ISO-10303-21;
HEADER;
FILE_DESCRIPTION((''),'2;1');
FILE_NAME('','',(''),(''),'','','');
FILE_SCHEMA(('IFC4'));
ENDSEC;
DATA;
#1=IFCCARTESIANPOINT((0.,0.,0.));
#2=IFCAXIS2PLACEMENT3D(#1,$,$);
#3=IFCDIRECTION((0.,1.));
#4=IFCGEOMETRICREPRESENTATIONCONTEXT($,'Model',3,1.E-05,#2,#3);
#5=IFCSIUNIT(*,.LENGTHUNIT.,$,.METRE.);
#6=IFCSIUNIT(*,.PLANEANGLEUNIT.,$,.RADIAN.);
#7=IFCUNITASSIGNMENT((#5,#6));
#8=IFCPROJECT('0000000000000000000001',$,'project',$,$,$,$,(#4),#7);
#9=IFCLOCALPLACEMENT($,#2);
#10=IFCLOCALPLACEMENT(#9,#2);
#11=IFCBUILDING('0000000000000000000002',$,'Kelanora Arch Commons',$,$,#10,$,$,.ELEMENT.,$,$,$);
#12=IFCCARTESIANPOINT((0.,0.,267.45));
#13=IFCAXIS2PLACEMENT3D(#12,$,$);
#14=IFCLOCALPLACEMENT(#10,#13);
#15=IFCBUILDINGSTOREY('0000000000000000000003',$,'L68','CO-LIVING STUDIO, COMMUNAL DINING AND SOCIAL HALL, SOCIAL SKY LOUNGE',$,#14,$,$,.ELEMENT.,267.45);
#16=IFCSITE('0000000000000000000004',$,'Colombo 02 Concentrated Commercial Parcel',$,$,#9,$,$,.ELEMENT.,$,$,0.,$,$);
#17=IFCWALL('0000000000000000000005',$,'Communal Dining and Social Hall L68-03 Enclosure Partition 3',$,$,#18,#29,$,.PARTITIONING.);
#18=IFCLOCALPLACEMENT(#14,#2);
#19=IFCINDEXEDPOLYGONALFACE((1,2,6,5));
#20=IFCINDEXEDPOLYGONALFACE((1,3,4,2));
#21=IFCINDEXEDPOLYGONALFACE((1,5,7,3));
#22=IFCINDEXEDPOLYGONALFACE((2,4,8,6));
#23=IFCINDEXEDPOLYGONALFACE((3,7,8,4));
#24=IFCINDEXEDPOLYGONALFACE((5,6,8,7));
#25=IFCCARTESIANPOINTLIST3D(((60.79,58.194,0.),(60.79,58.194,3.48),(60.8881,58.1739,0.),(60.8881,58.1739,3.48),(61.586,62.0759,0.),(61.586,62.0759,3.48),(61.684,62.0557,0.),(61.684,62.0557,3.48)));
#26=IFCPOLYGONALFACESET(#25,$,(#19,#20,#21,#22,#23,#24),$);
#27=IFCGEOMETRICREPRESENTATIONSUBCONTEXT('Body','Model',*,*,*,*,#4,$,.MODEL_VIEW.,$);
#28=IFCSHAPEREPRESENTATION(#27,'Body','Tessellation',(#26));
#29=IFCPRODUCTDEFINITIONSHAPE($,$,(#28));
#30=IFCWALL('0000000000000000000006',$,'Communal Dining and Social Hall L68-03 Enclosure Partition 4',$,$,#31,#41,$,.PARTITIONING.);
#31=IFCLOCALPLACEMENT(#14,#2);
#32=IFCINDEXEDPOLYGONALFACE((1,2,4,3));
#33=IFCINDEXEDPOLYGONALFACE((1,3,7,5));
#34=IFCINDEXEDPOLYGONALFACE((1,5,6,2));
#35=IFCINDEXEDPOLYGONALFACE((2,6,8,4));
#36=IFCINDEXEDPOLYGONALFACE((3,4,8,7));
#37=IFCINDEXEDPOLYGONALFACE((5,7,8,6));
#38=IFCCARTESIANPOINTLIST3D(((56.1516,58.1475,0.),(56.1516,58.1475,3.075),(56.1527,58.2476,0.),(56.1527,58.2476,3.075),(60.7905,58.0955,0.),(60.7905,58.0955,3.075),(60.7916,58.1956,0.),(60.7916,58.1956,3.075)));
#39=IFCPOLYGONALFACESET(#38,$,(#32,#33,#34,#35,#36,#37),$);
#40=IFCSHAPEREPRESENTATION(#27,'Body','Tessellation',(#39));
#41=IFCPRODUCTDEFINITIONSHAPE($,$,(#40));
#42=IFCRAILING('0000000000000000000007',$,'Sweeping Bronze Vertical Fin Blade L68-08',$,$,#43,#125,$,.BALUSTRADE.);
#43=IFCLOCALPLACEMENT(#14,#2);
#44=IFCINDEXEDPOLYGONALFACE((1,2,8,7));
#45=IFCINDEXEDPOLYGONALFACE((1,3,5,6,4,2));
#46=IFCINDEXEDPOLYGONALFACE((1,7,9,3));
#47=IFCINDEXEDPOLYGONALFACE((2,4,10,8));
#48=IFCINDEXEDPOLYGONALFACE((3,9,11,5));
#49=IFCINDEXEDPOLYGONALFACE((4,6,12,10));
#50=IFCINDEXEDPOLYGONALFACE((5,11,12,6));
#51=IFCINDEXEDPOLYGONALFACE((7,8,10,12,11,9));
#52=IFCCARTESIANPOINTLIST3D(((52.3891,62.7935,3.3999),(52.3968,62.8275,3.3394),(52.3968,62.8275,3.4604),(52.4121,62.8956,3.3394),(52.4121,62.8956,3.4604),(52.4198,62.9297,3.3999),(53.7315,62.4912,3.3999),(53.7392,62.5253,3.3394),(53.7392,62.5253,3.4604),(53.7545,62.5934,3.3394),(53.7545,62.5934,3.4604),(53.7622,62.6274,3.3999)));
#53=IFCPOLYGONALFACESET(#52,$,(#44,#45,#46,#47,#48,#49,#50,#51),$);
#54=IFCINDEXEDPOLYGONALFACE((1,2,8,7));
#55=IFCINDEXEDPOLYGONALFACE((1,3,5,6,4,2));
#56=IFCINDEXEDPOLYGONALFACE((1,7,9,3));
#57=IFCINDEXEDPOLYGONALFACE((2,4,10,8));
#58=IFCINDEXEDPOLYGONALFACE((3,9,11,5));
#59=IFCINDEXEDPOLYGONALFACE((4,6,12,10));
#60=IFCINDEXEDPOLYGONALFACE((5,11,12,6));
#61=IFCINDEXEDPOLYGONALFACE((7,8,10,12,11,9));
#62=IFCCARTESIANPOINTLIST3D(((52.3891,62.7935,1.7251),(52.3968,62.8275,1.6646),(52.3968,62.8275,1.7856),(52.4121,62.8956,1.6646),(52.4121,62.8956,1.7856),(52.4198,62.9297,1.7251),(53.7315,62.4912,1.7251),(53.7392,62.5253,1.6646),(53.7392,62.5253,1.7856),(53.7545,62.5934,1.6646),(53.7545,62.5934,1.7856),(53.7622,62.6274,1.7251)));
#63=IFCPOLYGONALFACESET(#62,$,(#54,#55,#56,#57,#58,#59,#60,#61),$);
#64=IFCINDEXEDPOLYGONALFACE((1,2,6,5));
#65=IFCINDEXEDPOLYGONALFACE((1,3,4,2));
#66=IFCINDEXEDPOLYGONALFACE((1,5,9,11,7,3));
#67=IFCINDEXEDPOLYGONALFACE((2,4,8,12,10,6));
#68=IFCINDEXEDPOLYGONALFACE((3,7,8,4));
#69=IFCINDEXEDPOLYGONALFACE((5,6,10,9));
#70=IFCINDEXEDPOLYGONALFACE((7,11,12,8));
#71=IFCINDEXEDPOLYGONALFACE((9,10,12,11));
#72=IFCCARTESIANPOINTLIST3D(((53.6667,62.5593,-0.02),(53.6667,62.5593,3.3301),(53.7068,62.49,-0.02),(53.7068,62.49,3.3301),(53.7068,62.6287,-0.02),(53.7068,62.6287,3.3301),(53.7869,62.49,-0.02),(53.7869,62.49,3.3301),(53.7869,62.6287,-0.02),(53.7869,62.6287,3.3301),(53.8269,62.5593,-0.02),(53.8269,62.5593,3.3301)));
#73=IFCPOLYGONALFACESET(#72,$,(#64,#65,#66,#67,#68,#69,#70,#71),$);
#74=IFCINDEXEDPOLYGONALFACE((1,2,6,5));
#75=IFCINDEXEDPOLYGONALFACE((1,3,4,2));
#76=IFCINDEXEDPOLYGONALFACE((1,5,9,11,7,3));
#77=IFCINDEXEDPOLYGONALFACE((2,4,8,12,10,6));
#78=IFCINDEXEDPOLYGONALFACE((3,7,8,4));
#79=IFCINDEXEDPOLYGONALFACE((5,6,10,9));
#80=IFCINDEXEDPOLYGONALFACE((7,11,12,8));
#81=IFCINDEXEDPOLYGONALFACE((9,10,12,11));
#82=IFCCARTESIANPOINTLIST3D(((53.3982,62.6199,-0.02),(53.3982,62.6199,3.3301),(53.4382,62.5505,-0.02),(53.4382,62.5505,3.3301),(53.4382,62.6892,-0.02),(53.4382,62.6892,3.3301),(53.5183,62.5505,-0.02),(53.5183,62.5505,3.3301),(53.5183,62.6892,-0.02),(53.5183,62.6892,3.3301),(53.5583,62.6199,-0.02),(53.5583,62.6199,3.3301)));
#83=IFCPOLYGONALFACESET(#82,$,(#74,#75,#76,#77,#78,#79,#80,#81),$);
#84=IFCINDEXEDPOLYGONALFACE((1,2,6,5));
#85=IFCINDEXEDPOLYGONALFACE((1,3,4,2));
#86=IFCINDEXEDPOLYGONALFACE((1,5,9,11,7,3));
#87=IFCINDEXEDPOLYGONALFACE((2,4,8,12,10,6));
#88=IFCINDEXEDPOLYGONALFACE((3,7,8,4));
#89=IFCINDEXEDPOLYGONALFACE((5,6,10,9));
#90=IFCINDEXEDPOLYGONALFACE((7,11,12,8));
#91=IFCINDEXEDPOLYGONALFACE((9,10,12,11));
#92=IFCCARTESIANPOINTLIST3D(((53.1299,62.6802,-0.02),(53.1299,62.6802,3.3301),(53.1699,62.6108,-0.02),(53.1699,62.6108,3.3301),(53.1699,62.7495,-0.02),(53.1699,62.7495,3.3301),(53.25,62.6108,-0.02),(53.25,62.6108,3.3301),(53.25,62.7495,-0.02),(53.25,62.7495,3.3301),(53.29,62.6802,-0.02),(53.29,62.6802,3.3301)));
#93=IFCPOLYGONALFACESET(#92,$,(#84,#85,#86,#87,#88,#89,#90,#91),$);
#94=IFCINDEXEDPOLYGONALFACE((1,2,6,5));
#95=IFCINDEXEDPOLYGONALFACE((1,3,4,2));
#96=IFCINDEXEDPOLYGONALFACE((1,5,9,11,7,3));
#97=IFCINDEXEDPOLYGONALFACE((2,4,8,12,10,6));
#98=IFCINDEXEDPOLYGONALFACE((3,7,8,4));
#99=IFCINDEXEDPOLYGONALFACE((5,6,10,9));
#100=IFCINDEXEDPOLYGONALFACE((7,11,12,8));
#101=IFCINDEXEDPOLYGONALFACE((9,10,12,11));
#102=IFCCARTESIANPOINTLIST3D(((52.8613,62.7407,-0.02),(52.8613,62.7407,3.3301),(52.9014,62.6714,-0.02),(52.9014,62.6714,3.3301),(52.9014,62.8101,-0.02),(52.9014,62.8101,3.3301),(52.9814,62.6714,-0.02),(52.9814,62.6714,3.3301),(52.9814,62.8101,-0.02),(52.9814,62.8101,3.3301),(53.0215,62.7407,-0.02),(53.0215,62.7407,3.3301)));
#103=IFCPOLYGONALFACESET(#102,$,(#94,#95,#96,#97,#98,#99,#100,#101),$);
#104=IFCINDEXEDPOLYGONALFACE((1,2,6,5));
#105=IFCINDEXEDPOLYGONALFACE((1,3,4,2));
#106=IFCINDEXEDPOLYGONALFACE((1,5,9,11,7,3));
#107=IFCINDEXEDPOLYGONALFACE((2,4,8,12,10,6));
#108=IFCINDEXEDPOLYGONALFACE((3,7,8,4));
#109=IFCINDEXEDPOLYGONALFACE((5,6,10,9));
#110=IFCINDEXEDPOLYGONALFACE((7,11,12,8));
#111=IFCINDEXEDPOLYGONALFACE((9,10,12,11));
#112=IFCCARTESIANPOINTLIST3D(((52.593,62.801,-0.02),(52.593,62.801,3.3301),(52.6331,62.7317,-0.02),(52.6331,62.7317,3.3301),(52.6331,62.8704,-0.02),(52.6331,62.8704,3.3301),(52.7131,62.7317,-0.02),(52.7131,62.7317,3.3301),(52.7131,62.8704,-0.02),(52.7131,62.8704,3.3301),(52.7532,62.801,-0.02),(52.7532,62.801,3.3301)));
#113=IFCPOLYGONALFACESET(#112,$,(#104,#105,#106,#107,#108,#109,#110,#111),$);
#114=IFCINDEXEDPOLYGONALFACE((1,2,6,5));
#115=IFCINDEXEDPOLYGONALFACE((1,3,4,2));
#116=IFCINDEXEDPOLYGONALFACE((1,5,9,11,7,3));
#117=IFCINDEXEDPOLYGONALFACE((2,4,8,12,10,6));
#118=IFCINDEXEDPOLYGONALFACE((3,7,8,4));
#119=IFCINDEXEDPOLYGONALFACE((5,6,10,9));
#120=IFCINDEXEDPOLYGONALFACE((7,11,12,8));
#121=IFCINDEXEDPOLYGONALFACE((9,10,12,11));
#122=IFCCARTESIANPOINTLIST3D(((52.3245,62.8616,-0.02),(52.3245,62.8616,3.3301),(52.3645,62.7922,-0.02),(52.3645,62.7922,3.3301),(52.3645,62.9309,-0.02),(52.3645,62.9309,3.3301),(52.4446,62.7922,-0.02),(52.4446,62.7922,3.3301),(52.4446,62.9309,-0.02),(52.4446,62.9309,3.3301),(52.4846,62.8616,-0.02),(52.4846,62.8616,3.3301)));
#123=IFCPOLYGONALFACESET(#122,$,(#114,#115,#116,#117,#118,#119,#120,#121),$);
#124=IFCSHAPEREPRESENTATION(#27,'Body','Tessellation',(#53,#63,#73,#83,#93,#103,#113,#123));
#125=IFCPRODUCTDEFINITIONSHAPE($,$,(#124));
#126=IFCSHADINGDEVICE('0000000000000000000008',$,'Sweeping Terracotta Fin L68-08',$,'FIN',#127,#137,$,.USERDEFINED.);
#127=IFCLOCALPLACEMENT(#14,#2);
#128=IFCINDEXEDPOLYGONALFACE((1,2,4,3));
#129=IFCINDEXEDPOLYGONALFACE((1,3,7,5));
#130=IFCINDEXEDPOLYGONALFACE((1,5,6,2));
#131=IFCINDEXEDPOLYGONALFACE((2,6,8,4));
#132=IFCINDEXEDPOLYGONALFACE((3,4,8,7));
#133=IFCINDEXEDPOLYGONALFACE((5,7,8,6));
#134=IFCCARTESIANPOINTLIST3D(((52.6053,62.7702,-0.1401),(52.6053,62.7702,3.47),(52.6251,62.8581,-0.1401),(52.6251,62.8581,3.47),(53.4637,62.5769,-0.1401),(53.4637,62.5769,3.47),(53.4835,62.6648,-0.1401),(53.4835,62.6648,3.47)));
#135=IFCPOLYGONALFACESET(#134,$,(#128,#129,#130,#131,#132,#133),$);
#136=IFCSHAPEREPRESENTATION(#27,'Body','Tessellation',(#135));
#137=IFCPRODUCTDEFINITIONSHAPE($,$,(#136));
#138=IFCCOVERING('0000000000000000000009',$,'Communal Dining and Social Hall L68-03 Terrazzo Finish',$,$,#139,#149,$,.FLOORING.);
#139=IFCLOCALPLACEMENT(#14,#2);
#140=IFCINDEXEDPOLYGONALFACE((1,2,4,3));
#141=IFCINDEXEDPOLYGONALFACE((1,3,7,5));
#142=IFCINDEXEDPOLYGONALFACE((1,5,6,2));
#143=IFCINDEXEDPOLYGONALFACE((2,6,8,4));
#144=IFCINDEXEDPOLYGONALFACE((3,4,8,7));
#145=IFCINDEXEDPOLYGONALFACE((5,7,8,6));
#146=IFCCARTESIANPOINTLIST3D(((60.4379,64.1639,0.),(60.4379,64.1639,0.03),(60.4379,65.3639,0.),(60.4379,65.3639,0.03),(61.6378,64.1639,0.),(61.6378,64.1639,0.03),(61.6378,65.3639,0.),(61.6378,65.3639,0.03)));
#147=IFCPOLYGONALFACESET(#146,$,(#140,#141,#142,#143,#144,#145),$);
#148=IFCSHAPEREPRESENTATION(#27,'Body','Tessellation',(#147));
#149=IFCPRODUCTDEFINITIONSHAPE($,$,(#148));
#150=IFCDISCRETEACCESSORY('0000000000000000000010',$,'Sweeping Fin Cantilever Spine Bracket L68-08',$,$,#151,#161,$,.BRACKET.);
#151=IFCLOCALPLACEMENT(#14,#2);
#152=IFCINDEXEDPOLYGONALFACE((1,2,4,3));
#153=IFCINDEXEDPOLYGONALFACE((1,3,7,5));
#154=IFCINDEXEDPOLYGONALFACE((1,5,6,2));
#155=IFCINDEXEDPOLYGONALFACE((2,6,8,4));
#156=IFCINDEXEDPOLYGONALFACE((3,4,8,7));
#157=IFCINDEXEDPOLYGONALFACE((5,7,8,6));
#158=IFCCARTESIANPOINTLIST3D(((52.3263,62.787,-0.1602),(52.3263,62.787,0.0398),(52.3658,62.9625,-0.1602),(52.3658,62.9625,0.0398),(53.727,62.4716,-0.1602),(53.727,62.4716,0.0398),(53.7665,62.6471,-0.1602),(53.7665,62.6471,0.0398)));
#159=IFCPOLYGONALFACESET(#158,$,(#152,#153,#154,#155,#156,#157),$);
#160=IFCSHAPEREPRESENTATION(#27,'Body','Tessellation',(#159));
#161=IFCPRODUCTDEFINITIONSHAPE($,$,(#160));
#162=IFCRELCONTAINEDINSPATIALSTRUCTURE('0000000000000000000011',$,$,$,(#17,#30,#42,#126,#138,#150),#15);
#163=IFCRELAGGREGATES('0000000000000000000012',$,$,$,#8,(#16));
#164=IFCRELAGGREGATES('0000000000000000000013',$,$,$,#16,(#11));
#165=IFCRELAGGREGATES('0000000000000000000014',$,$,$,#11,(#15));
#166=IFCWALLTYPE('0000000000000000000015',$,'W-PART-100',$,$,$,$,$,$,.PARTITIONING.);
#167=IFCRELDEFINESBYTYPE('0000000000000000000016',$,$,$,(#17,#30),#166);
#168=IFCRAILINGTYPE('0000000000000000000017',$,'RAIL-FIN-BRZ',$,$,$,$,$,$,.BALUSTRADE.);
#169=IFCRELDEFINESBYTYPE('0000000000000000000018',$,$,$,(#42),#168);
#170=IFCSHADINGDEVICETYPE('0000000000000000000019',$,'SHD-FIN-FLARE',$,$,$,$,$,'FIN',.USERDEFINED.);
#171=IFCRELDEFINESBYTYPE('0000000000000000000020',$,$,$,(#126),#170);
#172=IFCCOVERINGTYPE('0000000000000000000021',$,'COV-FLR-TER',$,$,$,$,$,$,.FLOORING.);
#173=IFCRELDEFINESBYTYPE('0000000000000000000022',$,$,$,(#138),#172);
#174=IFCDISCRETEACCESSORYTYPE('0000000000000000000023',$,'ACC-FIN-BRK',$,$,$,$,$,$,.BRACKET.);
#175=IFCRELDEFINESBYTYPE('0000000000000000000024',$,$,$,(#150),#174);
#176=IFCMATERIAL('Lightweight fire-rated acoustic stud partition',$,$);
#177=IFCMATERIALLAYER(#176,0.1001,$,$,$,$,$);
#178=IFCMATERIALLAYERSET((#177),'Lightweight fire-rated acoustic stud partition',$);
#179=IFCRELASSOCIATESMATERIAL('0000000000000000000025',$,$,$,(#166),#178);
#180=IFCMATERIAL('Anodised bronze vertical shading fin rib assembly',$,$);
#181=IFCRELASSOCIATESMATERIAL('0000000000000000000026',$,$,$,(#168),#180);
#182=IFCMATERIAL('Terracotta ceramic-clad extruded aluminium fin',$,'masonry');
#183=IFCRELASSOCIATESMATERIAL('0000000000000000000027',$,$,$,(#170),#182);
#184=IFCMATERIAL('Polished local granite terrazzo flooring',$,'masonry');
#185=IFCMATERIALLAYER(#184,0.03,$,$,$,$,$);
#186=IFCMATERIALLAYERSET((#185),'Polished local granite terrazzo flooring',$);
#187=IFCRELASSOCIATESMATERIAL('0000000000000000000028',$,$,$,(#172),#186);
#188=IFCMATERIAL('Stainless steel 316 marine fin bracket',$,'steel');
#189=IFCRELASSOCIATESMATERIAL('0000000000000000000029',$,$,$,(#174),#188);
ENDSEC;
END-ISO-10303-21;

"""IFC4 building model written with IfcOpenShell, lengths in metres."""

from ifc_helpers import new_model, si_unit, direction, frame, frame_2d, origin, origin_2d, place, context, subcontext, project, spatial, polyline, rectangle, outline, extrude, source, transform, mapped, material, layer, layer_set, type_object, element, save


model = new_model("IFC4")

# Units and contexts
model_context = context("Model", 3, precision=1e-05, world=origin(), true_north=direction((0.0, 1.0)))
body_context = subcontext(model_context, "Body", "Model", "MODEL_VIEW")
ifc_project = project(units=[si_unit("LENGTHUNIT", "METRE"), si_unit("PLANEANGLEUNIT", "RADIAN")], contexts=[model_context])

# Site, building, storey
site_placement = place(None, origin())
site = spatial("IfcSite", under=ifc_project, at=site_placement, Name="Colombo 02 Concentrated Commercial Parcel", CompositionType="ELEMENT", RefElevation=0.0)
building_placement = place(site_placement, origin())
building = spatial("IfcBuilding", under=site, at=building_placement, Name="Kelanora Arch Commons", CompositionType="ELEMENT")
storey_placement = place(building_placement, frame((0.0, 0.0, 267.45)))
storey = spatial("IfcBuildingStorey", under=building, at=storey_placement, Name="L68", Description="CO-LIVING STUDIO, COMMUNAL DINING AND SOCIAL HALL, SOCIAL SKY LOUNGE", CompositionType="ELEMENT", Elevation=267.45)

# Walls
ifc_material_1 = material(Name="Lightweight fire-rated acoustic stud partition")
ifc_layer_1 = layer(ifc_material_1, 0.1001)
ifc_layer_set_1 = layer_set([ifc_layer_1], Name="Lightweight fire-rated acoustic stud partition")
wall_type = type_object("IfcWallType", Name="W-PART-100", PredefinedType="PARTITIONING", material=ifc_layer_set_1)
wall_1_placement = place(storey_placement, frame((61.635, 62.0659, 0.0), z_axis=(0.0, 0.0, 1.0), x_axis=(-0.200853, -0.979621, 0.0)))
element("IfcWall", 1, at=wall_1_placement, inside=storey, type_object=wall_type, Name="Communal Dining and Social Hall L68-03 Enclosure Partition 3", PredefinedType="PARTITIONING", context=body_context, shape_type="SweptSolid", body=[
    extrude(rectangle(XDim=3.9626, YDim=0.1001, at=frame_2d((1.9814, 0.0))), origin(), (0.0, 0.0, 1.0), 3.48),
])
wall_2_placement = place(storey_placement, frame((60.791, 58.1455, 0.0), z_axis=(0.0, 0.0, 1.0), x_axis=(-0.999937, 0.011209, 0.0)))
element("IfcWall", 2, at=wall_2_placement, inside=storey, type_object=wall_type, Name="Communal Dining and Social Hall L68-03 Enclosure Partition 4", PredefinedType="PARTITIONING", context=body_context, shape_type="SweptSolid", body=[
    extrude(rectangle(XDim=4.6392, YDim=0.1001, at=frame_2d((2.3196, 0.0))), origin(), (0.0, 0.0, 1.0), 3.075),
])

# Railing
ifc_material_2 = material(Name="Anodised bronze vertical shading fin rib assembly")
railing_type = type_object("IfcRailingType", Name="RAIL-FIN-BRZ", PredefinedType="BALUSTRADE", material=ifc_material_2)
railing_placement = place(storey_placement, frame((53.7468, 62.5593, -0.02)))
element("IfcRailing", 3, at=railing_placement, inside=storey, type_object=railing_type, Name="Sweeping Bronze Vertical Fin Blade L68-08", PredefinedType="BALUSTRADE", context=body_context, shape_type="SweptSolid", body=[
    extrude(outline(polyline([(0.0698, 0.0), (0.0349, 0.0605), (-0.0349, 0.0605), (-0.0698, 0.0), (-0.0349, -0.0605), (0.0349, -0.0605), (0.0698, 0.0)])), frame((0.0, 0.0, 3.4199), z_axis=(-0.975574, 0.219673, 0.0), x_axis=(-0.219673, -0.975574, 0.0)), (0.0, 0.0, 1.0), 1.376),
    extrude(outline(polyline([(0.0698, 0.0), (0.0349, 0.0605), (-0.0349, 0.0605), (-0.0698, 0.0), (-0.0349, -0.0605), (0.0349, -0.0605), (0.0698, 0.0)])), frame((0.0, 0.0, 1.7451), z_axis=(-0.975574, 0.219673, 0.0), x_axis=(-0.219673, -0.975574, 0.0)), (0.0, 0.0, 1.0), 1.376),
    extrude(outline(polyline([(0.0801, 0.0), (0.04, 0.0693), (-0.04, 0.0693), (-0.0801, 0.0), (-0.04, -0.0693), (0.04, -0.0693), (0.0801, 0.0)])), origin(), (0.0, 0.0, 1.0), 3.3501),
    extrude(outline(polyline([(0.0801, 0.0), (0.04, 0.0693), (-0.04, 0.0693), (-0.0801, 0.0), (-0.04, -0.0693), (0.04, -0.0693), (0.0801, 0.0)])), frame((-0.2686, 0.0605, 0.0)), (0.0, 0.0, 1.0), 3.3501),
    extrude(outline(polyline([(0.0801, 0.0), (0.04, 0.0693), (-0.04, 0.0693), (-0.0801, 0.0), (-0.04, -0.0693), (0.04, -0.0693), (0.0801, 0.0)])), frame((-0.5369, 0.1208, 0.0)), (0.0, 0.0, 1.0), 3.3501),
    extrude(outline(polyline([(0.0801, 0.0), (0.04, 0.0693), (-0.04, 0.0693), (-0.0801, 0.0), (-0.04, -0.0693), (0.04, -0.0693), (0.0801, 0.0)])), frame((-0.8054, 0.1814, 0.0)), (0.0, 0.0, 1.0), 3.3501),
    extrude(outline(polyline([(0.0801, 0.0), (0.04, 0.0693), (-0.04, 0.0693), (-0.0801, 0.0), (-0.04, -0.0693), (0.04, -0.0693), (0.0801, 0.0)])), frame((-1.0737, 0.2417, 0.0)), (0.0, 0.0, 1.0), 3.3501),
    extrude(outline(polyline([(0.0801, 0.0), (0.04, 0.0693), (-0.04, 0.0693), (-0.0801, 0.0), (-0.04, -0.0693), (0.04, -0.0693), (0.0801, 0.0)])), frame((-1.3423, 0.3022, 0.0)), (0.0, 0.0, 1.0), 3.3501),
])

# Shading device
ifc_material_3 = material(Name="Terracotta ceramic-clad extruded aluminium fin", Category="masonry")
shading_device_type = type_object("IfcShadingDeviceType", Name="SHD-FIN-FLARE", ElementType="FIN", PredefinedType="USERDEFINED", material=ifc_material_3)
shared_shape_1 = source(origin(), body_context, "Body", "SweptSolid", [
    extrude(rectangle(XDim=0.8799, YDim=0.0901, at=origin_2d()), origin(), (0.0, 0.0, 1.0), 3.6101),
])
shading_device_placement = place(storey_placement, frame((53.0444, 62.7175, -0.1401), z_axis=(0.0, 0.0, 1.0), x_axis=(-0.975573, 0.219676, 0.0)))
element("IfcShadingDevice", 4, at=shading_device_placement, inside=storey, type_object=shading_device_type, Name="Sweeping Terracotta Fin L68-08", ObjectType="FIN", PredefinedType="USERDEFINED", context=body_context, shape_type="MappedRepresentation", body=[
    mapped(shared_shape_1, transform((0.0, 0.0, 0.0), scale=1.0)),
])

# Covering
ifc_material_4 = material(Name="Polished local granite terrazzo flooring", Category="masonry")
ifc_layer_2 = layer(ifc_material_4, 0.03)
ifc_layer_set_2 = layer_set([ifc_layer_2], Name="Polished local granite terrazzo flooring")
covering_type = type_object("IfcCoveringType", Name="COV-FLR-TER", PredefinedType="FLOORING", material=ifc_layer_set_2)
shared_shape_2 = source(origin(), body_context, "Body", "SweptSolid", [
    extrude(rectangle(XDim=1.2, YDim=1.2, at=origin_2d()), origin(), (0.0, 0.0, 1.0), 0.03),
])
covering_placement = place(storey_placement, frame((61.0378, 64.7639, 0.0), z_axis=(0.0, 0.0, 1.0), x_axis=(1.0, 0.0, 0.0)))
element("IfcCovering", 5, at=covering_placement, inside=storey, type_object=covering_type, Name="Communal Dining and Social Hall L68-03 Terrazzo Finish", PredefinedType="FLOORING", context=body_context, shape_type="MappedRepresentation", body=[
    mapped(shared_shape_2, transform((0.0, 0.0, 0.0), scale=1.0)),
])

# Discrete accessory
ifc_material_5 = material(Name="Stainless steel 316 marine fin bracket", Category="steel")
discrete_accessory_type = type_object("IfcDiscreteAccessoryType", Name="ACC-FIN-BRK", PredefinedType="BRACKET", material=ifc_material_5)
shared_shape_3 = source(origin(), body_context, "Body", "SweptSolid", [
    extrude(rectangle(XDim=1.4358, YDim=0.1799, at=origin_2d()), origin(), (0.0, 0.0, 1.0), 0.2),
])
discrete_accessory_placement = place(storey_placement, frame((53.0464, 62.717, -0.1602), z_axis=(0.0, 0.0, 1.0), x_axis=(-0.975573, 0.219676, 0.0)))
element("IfcDiscreteAccessory", 6, at=discrete_accessory_placement, inside=storey, type_object=discrete_accessory_type, Name="Sweeping Fin Cantilever Spine Bracket L68-08", PredefinedType="BRACKET", context=body_context, shape_type="MappedRepresentation", body=[
    mapped(shared_shape_3, transform((0.0, 0.0, 0.0), scale=1.0)),
])

save(model, "model.ifc")
